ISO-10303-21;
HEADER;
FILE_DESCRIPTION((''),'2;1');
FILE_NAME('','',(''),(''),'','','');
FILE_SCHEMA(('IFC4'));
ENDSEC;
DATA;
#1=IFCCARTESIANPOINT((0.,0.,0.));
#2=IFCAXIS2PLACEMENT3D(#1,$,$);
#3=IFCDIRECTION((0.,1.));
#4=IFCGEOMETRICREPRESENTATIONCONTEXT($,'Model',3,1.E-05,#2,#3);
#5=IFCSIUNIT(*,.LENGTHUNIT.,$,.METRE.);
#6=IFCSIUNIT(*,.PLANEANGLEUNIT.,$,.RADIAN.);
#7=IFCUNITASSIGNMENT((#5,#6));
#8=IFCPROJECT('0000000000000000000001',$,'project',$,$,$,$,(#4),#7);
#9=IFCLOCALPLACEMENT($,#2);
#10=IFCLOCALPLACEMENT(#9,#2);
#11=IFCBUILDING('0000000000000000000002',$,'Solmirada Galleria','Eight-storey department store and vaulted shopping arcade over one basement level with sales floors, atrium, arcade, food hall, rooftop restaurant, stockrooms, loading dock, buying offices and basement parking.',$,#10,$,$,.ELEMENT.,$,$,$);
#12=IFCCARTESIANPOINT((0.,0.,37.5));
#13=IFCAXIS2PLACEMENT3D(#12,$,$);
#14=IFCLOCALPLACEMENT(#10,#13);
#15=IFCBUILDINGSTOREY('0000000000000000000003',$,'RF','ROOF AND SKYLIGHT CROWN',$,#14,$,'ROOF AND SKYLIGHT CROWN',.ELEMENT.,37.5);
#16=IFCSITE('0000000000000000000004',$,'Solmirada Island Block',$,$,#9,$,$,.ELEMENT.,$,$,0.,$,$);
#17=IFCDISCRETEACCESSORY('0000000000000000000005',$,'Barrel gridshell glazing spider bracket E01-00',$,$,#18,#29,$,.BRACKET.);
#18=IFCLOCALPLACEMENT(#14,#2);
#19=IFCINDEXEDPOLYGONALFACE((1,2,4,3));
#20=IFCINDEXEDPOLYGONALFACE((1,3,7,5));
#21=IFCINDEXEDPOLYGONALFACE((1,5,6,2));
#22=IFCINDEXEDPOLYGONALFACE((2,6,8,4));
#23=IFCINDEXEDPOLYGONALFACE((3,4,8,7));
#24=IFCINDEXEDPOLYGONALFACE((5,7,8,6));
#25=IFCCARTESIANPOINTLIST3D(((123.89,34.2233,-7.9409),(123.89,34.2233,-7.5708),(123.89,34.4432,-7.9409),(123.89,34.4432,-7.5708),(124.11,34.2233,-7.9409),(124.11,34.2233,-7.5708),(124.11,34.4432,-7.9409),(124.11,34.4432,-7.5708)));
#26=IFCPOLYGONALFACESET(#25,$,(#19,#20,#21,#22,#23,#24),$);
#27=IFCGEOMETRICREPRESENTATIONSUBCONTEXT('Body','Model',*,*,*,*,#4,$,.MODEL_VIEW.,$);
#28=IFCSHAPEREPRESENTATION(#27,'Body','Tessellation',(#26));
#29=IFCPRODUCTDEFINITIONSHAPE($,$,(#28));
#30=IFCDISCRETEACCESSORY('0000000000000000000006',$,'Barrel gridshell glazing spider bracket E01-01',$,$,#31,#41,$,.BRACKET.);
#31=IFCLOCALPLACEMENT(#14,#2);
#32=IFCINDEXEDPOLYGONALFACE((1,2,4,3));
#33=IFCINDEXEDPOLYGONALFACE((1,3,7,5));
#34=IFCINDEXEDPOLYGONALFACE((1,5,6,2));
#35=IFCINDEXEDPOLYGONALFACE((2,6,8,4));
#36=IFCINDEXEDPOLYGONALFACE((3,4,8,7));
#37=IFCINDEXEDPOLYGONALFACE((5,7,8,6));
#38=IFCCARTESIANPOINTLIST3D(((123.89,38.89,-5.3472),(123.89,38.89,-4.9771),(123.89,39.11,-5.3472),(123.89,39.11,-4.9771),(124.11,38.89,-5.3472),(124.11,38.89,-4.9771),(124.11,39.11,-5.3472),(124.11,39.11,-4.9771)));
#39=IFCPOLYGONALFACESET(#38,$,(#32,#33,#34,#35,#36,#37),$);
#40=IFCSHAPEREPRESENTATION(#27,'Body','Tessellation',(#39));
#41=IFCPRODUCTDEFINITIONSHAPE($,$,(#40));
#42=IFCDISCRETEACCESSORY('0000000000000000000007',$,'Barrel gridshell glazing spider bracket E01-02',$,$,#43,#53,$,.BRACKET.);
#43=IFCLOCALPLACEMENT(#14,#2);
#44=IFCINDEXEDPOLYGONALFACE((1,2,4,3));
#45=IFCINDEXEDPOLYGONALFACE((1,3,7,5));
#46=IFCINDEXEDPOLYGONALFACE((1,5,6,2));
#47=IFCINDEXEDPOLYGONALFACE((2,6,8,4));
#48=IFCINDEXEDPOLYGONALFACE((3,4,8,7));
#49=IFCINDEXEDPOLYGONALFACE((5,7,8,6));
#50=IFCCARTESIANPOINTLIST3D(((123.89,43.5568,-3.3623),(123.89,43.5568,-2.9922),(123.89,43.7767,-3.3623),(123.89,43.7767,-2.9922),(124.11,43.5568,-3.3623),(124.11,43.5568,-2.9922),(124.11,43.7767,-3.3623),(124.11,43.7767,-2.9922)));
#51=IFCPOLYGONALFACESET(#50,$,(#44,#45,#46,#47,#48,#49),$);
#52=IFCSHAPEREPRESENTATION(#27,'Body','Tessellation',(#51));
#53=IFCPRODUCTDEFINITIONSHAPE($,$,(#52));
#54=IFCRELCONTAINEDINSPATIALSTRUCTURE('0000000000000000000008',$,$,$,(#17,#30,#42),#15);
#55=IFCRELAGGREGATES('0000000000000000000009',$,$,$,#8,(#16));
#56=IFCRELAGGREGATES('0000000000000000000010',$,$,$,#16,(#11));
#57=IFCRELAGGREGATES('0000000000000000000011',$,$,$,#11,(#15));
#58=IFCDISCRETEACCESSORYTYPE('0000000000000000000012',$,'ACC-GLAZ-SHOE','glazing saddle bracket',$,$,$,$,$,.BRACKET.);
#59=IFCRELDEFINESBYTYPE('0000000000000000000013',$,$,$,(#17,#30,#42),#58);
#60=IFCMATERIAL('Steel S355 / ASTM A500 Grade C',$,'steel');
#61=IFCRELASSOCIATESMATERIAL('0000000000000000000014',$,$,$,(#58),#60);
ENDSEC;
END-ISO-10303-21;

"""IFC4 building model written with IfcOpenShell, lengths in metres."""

from ifc_helpers import new_model, si_unit, direction, frame, origin, origin_2d, place, context, subcontext, project, spatial, rectangle, extrude, material, type_object, element, save


model = new_model("IFC4")

# Units and contexts
model_context = context("Model", 3, precision=1e-05, world=origin(), true_north=direction((0.0, 1.0)))
body_context = subcontext(model_context, "Body", "Model", "MODEL_VIEW")
ifc_project = project(units=[si_unit("LENGTHUNIT", "METRE"), si_unit("PLANEANGLEUNIT", "RADIAN")], contexts=[model_context])

# Site, building, storey
site_placement = place(None, origin())
site = spatial("IfcSite", under=ifc_project, at=site_placement, Name="Solmirada Island Block", CompositionType="ELEMENT", RefElevation=0.0)
building_placement = place(site_placement, origin())
building = spatial("IfcBuilding", under=site, at=building_placement, Name="Solmirada Galleria", Description="Eight-storey department store and vaulted shopping arcade over one basement level with sales floors, atrium, arcade, food hall, rooftop restaurant, stockrooms, loading dock, buying offices and basement parking.", CompositionType="ELEMENT")
storey_placement = place(building_placement, frame((0.0, 0.0, 37.5)))
storey = spatial("IfcBuildingStorey", under=building, at=storey_placement, Name="RF", Description="ROOF AND SKYLIGHT CROWN", LongName="ROOF AND SKYLIGHT CROWN", CompositionType="ELEMENT", Elevation=37.5)

# Shared definitions
ifc_material_1 = material(Name="Steel S355 / ASTM A500 Grade C", Category="steel")

# Discrete accessories
discrete_accessory_type = type_object("IfcDiscreteAccessoryType", Name="ACC-GLAZ-SHOE", Description="glazing saddle bracket", PredefinedType="BRACKET", material=ifc_material_1)
for number, where, z_axis, x_axis, name in (
    (1, (124.0, 34.3333, -7.9409), (0.0, 0.0, 1.0), (1.0, 0.0, 0.0), "Barrel gridshell glazing spider bracket E01-00"),
    (2, (124.0, 39.0, -5.3472), (0.0, 0.0, 1.0), (1.0, 0.0, 0.0), "Barrel gridshell glazing spider bracket E01-01"),
    (3, (124.0, 43.6667, -3.3623), (0.0, 0.0, 1.0), (1.0, 0.0, 0.0), "Barrel gridshell glazing spider bracket E01-02"),
):
    element("IfcDiscreteAccessory", number, at=place(storey_placement, frame(where, z_axis=z_axis, x_axis=x_axis)), inside=storey, type_object=discrete_accessory_type, Name=name, PredefinedType="BRACKET", context=body_context, shape_type="SweptSolid", body=[
        extrude(rectangle(XDim=0.22, YDim=0.22, at=origin_2d()), origin(), (0.0, 0.0, 1.0), 0.3701),
    ])

save(model, "model.ifc")
